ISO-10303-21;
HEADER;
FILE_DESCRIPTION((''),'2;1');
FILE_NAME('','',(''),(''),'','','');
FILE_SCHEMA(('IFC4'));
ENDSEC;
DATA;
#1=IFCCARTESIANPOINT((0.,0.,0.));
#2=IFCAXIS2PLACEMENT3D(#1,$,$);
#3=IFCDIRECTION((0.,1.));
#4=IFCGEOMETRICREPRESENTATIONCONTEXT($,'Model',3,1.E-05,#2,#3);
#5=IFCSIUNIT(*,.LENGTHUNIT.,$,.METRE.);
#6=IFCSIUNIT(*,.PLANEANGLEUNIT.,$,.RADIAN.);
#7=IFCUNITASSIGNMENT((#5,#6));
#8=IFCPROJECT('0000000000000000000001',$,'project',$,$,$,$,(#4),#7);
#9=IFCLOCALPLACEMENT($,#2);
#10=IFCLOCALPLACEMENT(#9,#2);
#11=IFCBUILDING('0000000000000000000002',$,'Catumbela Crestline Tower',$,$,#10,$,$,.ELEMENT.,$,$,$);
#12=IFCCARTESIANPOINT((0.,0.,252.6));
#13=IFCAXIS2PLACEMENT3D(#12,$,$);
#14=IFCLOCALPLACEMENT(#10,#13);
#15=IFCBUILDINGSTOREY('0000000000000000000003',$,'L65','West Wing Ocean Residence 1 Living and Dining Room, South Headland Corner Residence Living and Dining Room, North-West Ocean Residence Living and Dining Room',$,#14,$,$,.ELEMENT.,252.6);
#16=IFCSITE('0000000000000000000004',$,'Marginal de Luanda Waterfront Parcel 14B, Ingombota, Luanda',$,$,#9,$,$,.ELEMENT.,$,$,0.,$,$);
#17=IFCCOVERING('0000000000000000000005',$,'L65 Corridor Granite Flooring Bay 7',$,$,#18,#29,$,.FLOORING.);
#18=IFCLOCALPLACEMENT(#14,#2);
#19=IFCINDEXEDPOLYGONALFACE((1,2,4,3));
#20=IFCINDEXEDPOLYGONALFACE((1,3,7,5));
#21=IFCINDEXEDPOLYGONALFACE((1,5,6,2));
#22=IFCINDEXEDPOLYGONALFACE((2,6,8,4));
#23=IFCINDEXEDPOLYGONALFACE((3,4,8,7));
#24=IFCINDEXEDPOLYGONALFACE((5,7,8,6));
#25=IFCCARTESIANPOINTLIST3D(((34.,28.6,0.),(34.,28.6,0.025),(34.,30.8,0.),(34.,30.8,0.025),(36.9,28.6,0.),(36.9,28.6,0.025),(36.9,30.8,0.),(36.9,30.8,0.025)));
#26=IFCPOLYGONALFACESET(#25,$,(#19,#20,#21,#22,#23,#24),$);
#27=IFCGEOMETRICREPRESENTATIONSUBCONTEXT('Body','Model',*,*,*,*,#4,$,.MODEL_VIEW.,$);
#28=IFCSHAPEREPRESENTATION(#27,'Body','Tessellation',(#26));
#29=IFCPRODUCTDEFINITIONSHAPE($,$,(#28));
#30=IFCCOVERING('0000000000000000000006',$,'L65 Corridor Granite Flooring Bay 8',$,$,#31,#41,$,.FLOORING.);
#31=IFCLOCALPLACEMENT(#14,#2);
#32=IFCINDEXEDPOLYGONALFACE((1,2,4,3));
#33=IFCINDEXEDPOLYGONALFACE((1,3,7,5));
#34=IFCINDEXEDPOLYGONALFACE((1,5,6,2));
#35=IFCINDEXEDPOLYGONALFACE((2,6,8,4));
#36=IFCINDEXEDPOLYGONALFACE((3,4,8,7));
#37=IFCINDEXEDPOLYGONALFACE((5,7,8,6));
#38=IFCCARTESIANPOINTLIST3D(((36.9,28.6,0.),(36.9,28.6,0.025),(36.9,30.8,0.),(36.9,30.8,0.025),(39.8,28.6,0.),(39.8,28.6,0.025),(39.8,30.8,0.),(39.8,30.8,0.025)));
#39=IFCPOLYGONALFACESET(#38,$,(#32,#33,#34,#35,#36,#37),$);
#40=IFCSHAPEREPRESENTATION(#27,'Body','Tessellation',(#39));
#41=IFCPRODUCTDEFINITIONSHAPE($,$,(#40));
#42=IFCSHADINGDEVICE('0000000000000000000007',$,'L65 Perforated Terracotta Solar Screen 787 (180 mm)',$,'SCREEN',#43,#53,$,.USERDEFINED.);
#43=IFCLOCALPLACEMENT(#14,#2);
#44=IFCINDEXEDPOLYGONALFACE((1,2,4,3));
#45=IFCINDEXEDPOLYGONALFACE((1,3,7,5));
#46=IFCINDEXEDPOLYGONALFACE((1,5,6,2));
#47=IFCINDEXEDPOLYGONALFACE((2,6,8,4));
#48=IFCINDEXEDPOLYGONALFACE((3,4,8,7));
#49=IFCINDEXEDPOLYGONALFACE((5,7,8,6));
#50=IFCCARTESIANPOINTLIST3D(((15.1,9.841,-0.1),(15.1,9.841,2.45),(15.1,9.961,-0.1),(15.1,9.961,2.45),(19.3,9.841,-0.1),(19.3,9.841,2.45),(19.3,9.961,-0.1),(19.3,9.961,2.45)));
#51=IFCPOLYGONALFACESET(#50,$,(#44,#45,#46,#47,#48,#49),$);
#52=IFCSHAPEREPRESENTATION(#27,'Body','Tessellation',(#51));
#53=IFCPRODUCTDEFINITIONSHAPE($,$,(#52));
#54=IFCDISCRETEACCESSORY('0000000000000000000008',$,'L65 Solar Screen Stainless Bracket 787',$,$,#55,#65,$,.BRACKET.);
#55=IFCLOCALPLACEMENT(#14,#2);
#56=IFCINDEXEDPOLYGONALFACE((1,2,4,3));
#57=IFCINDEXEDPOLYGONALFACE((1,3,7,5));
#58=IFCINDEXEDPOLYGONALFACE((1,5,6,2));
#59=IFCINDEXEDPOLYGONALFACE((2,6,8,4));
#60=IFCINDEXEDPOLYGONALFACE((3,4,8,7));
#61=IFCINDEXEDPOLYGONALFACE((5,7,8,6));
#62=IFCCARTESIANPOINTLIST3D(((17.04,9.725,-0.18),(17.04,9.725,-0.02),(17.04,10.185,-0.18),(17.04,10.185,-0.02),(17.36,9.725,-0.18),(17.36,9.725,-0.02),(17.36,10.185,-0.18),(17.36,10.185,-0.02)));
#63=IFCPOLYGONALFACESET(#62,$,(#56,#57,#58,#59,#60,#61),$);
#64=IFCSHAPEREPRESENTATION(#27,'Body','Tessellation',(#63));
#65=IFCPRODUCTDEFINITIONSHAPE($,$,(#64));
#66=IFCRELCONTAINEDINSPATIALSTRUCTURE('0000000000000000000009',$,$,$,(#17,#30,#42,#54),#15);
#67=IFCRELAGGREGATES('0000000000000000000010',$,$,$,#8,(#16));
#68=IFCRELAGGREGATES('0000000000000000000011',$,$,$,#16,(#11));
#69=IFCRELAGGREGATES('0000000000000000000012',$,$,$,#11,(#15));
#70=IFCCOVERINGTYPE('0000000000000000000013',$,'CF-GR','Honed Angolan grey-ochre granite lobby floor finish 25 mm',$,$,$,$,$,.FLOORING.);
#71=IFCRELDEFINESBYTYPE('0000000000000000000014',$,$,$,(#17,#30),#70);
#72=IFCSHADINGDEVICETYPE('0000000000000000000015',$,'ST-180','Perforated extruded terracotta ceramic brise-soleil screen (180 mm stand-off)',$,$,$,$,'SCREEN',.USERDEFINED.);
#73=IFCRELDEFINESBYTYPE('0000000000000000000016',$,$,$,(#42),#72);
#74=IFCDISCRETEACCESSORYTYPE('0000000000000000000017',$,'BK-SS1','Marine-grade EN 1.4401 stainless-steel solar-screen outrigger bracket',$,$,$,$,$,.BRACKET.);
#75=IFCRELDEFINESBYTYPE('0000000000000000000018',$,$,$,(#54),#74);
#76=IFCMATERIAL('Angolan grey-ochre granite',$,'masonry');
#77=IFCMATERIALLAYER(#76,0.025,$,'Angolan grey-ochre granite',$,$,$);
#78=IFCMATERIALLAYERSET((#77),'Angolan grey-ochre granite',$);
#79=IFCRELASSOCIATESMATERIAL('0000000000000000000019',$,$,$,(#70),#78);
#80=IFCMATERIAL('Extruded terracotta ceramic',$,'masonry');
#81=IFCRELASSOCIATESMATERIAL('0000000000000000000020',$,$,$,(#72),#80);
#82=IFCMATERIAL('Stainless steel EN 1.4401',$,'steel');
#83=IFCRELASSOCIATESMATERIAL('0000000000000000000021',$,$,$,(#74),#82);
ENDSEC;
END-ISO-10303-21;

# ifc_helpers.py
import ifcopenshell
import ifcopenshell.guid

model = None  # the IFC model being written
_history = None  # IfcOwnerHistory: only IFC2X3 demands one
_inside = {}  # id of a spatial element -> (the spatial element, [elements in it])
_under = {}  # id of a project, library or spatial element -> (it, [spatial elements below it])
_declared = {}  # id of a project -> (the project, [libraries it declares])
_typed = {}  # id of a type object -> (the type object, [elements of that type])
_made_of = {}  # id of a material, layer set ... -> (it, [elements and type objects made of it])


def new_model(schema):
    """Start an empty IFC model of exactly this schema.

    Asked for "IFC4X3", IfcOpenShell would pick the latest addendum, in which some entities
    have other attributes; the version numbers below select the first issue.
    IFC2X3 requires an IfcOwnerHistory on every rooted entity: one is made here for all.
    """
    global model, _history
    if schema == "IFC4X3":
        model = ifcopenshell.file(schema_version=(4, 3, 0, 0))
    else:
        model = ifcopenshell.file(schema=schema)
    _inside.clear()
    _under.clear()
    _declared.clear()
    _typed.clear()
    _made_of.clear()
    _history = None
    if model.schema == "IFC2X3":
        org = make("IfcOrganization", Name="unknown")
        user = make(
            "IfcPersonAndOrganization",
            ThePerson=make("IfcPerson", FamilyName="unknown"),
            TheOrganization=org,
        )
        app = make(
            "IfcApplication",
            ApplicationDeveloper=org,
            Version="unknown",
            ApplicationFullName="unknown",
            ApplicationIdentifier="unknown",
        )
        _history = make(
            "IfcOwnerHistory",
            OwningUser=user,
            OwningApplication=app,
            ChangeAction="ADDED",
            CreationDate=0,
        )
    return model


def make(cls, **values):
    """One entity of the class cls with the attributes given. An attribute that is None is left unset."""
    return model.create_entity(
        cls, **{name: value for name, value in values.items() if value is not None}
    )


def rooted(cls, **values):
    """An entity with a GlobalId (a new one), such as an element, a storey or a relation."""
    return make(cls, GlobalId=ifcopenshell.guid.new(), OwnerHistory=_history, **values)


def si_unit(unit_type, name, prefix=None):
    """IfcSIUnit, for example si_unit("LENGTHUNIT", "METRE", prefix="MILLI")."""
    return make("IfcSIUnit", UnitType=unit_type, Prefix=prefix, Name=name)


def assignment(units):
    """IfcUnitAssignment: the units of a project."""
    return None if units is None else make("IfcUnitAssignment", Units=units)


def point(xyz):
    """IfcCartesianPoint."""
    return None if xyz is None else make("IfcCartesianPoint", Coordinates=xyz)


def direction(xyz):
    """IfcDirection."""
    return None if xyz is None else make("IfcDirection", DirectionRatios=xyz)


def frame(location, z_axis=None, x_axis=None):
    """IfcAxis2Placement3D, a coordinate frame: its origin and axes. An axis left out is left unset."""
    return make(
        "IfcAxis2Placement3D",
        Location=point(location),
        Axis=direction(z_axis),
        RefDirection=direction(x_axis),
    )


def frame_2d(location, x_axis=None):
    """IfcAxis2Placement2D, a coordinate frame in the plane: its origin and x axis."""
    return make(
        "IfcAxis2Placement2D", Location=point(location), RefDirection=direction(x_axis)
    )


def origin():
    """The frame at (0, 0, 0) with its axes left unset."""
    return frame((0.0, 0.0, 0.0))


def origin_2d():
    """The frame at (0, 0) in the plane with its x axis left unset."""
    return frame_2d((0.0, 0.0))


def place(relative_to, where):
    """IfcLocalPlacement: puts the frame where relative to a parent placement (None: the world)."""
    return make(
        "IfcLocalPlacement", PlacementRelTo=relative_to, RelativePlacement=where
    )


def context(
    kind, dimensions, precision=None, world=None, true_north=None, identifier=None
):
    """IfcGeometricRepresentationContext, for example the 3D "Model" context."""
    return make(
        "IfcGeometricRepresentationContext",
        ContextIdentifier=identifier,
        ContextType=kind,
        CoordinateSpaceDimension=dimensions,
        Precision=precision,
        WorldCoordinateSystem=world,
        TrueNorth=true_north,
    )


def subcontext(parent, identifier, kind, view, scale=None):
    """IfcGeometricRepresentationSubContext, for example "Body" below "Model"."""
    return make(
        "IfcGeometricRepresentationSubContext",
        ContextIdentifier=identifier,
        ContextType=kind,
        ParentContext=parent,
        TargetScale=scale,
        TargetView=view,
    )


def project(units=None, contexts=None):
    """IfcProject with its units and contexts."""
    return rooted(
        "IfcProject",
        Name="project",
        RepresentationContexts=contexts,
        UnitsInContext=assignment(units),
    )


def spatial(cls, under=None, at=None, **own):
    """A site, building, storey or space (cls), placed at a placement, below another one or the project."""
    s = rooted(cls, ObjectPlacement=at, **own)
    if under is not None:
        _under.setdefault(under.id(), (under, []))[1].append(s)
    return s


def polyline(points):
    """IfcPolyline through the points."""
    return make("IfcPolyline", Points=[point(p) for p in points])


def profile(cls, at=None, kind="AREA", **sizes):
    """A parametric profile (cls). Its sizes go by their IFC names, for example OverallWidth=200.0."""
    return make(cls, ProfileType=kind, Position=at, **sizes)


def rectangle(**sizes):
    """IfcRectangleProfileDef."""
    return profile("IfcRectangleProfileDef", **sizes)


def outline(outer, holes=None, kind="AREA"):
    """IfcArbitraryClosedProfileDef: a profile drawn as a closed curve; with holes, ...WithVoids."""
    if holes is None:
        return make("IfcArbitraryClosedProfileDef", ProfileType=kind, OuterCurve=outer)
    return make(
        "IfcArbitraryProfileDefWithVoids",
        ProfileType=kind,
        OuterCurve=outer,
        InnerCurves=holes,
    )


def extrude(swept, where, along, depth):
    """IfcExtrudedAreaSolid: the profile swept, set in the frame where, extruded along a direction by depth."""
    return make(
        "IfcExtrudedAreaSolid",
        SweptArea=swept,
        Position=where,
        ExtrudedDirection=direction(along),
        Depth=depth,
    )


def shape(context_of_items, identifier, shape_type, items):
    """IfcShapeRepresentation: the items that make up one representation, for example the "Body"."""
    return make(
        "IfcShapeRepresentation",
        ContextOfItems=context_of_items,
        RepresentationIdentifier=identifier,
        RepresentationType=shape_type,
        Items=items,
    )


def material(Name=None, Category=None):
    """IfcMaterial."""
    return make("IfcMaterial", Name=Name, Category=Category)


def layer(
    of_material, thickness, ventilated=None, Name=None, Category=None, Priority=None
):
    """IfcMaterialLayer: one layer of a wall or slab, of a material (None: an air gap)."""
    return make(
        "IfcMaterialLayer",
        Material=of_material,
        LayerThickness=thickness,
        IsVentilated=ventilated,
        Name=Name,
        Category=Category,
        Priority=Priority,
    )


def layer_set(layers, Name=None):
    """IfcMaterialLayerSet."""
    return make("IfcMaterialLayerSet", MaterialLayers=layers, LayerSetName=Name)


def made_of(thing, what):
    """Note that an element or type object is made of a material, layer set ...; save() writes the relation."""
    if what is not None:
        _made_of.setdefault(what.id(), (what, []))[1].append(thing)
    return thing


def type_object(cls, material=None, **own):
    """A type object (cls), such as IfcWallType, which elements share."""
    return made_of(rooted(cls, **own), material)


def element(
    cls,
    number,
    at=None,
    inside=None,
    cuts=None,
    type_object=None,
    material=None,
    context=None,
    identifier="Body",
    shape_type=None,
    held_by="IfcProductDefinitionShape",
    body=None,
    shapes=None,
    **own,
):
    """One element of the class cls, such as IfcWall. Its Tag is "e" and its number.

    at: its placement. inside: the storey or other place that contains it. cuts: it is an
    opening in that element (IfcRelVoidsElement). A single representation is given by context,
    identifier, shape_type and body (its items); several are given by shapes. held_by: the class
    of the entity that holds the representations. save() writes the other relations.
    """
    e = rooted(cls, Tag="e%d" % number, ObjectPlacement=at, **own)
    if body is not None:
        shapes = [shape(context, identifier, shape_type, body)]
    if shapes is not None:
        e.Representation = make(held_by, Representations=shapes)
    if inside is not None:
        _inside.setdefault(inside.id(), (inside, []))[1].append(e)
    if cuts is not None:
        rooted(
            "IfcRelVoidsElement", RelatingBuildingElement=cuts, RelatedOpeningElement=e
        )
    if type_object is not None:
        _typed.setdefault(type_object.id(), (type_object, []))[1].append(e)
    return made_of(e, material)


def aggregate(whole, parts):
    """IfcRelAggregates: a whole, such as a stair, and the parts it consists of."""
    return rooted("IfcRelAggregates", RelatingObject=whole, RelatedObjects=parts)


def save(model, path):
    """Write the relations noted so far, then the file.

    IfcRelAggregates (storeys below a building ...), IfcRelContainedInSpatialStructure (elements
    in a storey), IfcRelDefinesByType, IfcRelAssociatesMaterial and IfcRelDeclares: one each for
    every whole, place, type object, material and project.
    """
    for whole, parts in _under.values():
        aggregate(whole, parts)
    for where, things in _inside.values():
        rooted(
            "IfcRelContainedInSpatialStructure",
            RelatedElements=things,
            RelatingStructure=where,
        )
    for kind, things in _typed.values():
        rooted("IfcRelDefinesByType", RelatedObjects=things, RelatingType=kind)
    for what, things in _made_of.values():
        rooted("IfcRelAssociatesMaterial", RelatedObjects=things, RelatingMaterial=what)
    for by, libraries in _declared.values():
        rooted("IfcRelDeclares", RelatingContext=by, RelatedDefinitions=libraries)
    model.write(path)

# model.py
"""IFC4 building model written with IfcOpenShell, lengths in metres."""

from ifc_helpers import new_model, si_unit, direction, frame, origin, origin_2d, place, context, subcontext, project, spatial, polyline, rectangle, outline, extrude, material, layer, layer_set, type_object, element, save


model = new_model("IFC4")

# Units and contexts
model_context = context("Model", 3, precision=1e-05, world=origin(), true_north=direction((0.0, 1.0)))
body_context = subcontext(model_context, "Body", "Model", "MODEL_VIEW")
ifc_project = project(units=[si_unit("LENGTHUNIT", "METRE"), si_unit("PLANEANGLEUNIT", "RADIAN")], contexts=[model_context])

# Site, building, storey
site_placement = place(None, origin())
site = spatial("IfcSite", under=ifc_project, at=site_placement, Name="Marginal de Luanda Waterfront Parcel 14B, Ingombota, Luanda", CompositionType="ELEMENT", RefElevation=0.0)
building_placement = place(site_placement, origin())
building = spatial("IfcBuilding", under=site, at=building_placement, Name="Catumbela Crestline Tower", CompositionType="ELEMENT")
storey_placement = place(building_placement, frame((0.0, 0.0, 252.6)))
storey = spatial("IfcBuildingStorey", under=building, at=storey_placement, Name="L65", Description="West Wing Ocean Residence 1 Living and Dining Room, South Headland Corner Residence Living and Dining Room, North-West Ocean Residence Living and Dining Room", CompositionType="ELEMENT", Elevation=252.6)

# Shared definitions
ifc_material_1 = material(Name="Angolan grey-ochre granite", Category="masonry")

# Coverings
ifc_layer_1 = layer(ifc_material_1, 0.025, Name="Angolan grey-ochre granite")
ifc_layer_set_1 = layer_set([ifc_layer_1], Name="Angolan grey-ochre granite")
covering_type_1 = type_object("IfcCoveringType", Name="CF-GR", Description="Honed Angolan grey-ochre granite lobby floor finish 25 mm", PredefinedType="FLOORING", material=ifc_layer_set_1)
covering_1_placement = place(storey_placement, origin())
element("IfcCovering", 1, at=covering_1_placement, inside=storey, type_object=covering_type_1, Name="L65 Corridor Granite Flooring Bay 7", PredefinedType="FLOORING", context=body_context, shape_type="SweptSolid", body=[
    extrude(outline(polyline([(34.0, 28.6), (36.9, 28.6), (36.9, 30.8), (34.0, 30.8), (34.0, 28.6)])), origin(), (0.0, 0.0, 1.0), 0.025),
])
covering_2_placement = place(storey_placement, origin())
element("IfcCovering", 2, at=covering_2_placement, inside=storey, type_object=covering_type_1, Name="L65 Corridor Granite Flooring Bay 8", PredefinedType="FLOORING", context=body_context, shape_type="SweptSolid", body=[
    extrude(outline(polyline([(36.9, 28.6), (39.8, 28.6), (39.8, 30.8), (36.9, 30.8), (36.9, 28.6)])), origin(), (0.0, 0.0, 1.0), 0.025),
])

# Shared definitions
ifc_material_2 = material(Name="Stainless steel EN 1.4401", Category="steel")

# Shading device
ifc_material_3 = material(Name="Extruded terracotta ceramic", Category="masonry")
shading_device_type = type_object("IfcShadingDeviceType", Name="ST-180", Description="Perforated extruded terracotta ceramic brise-soleil screen (180 mm stand-off)", ElementType="SCREEN", PredefinedType="USERDEFINED", material=ifc_material_3)
shading_device_placement = place(storey_placement, frame((17.2, 9.901, -0.1), z_axis=(0.0, 0.0, 1.0), x_axis=(1.0, 0.0, 0.0)))
element("IfcShadingDevice", 3, at=shading_device_placement, inside=storey, type_object=shading_device_type, Name="L65 Perforated Terracotta Solar Screen 787 (180 mm)", ObjectType="SCREEN", PredefinedType="USERDEFINED", context=body_context, shape_type="SweptSolid", body=[
    extrude(rectangle(XDim=4.2, YDim=0.12, at=origin_2d()), origin(), (0.0, 0.0, 1.0), 2.55),
])

# Discrete accessory
discrete_accessory_type = type_object("IfcDiscreteAccessoryType", Name="BK-SS1", Description="Marine-grade EN 1.4401 stainless-steel solar-screen outrigger bracket", PredefinedType="BRACKET", material=ifc_material_2)
discrete_accessory_placement = place(storey_placement, frame((17.2, 9.955, -0.18), z_axis=(0.0, 0.0, 1.0), x_axis=(1.0, 0.0, 0.0)))
element("IfcDiscreteAccessory", 4, at=discrete_accessory_placement, inside=storey, type_object=discrete_accessory_type, Name="L65 Solar Screen Stainless Bracket 787", PredefinedType="BRACKET", context=body_context, shape_type="SweptSolid", body=[
    extrude(rectangle(XDim=0.32, YDim=0.46, at=origin_2d()), origin(), (0.0, 0.0, 1.0), 0.16),
])

save(model, "model.ifc")
